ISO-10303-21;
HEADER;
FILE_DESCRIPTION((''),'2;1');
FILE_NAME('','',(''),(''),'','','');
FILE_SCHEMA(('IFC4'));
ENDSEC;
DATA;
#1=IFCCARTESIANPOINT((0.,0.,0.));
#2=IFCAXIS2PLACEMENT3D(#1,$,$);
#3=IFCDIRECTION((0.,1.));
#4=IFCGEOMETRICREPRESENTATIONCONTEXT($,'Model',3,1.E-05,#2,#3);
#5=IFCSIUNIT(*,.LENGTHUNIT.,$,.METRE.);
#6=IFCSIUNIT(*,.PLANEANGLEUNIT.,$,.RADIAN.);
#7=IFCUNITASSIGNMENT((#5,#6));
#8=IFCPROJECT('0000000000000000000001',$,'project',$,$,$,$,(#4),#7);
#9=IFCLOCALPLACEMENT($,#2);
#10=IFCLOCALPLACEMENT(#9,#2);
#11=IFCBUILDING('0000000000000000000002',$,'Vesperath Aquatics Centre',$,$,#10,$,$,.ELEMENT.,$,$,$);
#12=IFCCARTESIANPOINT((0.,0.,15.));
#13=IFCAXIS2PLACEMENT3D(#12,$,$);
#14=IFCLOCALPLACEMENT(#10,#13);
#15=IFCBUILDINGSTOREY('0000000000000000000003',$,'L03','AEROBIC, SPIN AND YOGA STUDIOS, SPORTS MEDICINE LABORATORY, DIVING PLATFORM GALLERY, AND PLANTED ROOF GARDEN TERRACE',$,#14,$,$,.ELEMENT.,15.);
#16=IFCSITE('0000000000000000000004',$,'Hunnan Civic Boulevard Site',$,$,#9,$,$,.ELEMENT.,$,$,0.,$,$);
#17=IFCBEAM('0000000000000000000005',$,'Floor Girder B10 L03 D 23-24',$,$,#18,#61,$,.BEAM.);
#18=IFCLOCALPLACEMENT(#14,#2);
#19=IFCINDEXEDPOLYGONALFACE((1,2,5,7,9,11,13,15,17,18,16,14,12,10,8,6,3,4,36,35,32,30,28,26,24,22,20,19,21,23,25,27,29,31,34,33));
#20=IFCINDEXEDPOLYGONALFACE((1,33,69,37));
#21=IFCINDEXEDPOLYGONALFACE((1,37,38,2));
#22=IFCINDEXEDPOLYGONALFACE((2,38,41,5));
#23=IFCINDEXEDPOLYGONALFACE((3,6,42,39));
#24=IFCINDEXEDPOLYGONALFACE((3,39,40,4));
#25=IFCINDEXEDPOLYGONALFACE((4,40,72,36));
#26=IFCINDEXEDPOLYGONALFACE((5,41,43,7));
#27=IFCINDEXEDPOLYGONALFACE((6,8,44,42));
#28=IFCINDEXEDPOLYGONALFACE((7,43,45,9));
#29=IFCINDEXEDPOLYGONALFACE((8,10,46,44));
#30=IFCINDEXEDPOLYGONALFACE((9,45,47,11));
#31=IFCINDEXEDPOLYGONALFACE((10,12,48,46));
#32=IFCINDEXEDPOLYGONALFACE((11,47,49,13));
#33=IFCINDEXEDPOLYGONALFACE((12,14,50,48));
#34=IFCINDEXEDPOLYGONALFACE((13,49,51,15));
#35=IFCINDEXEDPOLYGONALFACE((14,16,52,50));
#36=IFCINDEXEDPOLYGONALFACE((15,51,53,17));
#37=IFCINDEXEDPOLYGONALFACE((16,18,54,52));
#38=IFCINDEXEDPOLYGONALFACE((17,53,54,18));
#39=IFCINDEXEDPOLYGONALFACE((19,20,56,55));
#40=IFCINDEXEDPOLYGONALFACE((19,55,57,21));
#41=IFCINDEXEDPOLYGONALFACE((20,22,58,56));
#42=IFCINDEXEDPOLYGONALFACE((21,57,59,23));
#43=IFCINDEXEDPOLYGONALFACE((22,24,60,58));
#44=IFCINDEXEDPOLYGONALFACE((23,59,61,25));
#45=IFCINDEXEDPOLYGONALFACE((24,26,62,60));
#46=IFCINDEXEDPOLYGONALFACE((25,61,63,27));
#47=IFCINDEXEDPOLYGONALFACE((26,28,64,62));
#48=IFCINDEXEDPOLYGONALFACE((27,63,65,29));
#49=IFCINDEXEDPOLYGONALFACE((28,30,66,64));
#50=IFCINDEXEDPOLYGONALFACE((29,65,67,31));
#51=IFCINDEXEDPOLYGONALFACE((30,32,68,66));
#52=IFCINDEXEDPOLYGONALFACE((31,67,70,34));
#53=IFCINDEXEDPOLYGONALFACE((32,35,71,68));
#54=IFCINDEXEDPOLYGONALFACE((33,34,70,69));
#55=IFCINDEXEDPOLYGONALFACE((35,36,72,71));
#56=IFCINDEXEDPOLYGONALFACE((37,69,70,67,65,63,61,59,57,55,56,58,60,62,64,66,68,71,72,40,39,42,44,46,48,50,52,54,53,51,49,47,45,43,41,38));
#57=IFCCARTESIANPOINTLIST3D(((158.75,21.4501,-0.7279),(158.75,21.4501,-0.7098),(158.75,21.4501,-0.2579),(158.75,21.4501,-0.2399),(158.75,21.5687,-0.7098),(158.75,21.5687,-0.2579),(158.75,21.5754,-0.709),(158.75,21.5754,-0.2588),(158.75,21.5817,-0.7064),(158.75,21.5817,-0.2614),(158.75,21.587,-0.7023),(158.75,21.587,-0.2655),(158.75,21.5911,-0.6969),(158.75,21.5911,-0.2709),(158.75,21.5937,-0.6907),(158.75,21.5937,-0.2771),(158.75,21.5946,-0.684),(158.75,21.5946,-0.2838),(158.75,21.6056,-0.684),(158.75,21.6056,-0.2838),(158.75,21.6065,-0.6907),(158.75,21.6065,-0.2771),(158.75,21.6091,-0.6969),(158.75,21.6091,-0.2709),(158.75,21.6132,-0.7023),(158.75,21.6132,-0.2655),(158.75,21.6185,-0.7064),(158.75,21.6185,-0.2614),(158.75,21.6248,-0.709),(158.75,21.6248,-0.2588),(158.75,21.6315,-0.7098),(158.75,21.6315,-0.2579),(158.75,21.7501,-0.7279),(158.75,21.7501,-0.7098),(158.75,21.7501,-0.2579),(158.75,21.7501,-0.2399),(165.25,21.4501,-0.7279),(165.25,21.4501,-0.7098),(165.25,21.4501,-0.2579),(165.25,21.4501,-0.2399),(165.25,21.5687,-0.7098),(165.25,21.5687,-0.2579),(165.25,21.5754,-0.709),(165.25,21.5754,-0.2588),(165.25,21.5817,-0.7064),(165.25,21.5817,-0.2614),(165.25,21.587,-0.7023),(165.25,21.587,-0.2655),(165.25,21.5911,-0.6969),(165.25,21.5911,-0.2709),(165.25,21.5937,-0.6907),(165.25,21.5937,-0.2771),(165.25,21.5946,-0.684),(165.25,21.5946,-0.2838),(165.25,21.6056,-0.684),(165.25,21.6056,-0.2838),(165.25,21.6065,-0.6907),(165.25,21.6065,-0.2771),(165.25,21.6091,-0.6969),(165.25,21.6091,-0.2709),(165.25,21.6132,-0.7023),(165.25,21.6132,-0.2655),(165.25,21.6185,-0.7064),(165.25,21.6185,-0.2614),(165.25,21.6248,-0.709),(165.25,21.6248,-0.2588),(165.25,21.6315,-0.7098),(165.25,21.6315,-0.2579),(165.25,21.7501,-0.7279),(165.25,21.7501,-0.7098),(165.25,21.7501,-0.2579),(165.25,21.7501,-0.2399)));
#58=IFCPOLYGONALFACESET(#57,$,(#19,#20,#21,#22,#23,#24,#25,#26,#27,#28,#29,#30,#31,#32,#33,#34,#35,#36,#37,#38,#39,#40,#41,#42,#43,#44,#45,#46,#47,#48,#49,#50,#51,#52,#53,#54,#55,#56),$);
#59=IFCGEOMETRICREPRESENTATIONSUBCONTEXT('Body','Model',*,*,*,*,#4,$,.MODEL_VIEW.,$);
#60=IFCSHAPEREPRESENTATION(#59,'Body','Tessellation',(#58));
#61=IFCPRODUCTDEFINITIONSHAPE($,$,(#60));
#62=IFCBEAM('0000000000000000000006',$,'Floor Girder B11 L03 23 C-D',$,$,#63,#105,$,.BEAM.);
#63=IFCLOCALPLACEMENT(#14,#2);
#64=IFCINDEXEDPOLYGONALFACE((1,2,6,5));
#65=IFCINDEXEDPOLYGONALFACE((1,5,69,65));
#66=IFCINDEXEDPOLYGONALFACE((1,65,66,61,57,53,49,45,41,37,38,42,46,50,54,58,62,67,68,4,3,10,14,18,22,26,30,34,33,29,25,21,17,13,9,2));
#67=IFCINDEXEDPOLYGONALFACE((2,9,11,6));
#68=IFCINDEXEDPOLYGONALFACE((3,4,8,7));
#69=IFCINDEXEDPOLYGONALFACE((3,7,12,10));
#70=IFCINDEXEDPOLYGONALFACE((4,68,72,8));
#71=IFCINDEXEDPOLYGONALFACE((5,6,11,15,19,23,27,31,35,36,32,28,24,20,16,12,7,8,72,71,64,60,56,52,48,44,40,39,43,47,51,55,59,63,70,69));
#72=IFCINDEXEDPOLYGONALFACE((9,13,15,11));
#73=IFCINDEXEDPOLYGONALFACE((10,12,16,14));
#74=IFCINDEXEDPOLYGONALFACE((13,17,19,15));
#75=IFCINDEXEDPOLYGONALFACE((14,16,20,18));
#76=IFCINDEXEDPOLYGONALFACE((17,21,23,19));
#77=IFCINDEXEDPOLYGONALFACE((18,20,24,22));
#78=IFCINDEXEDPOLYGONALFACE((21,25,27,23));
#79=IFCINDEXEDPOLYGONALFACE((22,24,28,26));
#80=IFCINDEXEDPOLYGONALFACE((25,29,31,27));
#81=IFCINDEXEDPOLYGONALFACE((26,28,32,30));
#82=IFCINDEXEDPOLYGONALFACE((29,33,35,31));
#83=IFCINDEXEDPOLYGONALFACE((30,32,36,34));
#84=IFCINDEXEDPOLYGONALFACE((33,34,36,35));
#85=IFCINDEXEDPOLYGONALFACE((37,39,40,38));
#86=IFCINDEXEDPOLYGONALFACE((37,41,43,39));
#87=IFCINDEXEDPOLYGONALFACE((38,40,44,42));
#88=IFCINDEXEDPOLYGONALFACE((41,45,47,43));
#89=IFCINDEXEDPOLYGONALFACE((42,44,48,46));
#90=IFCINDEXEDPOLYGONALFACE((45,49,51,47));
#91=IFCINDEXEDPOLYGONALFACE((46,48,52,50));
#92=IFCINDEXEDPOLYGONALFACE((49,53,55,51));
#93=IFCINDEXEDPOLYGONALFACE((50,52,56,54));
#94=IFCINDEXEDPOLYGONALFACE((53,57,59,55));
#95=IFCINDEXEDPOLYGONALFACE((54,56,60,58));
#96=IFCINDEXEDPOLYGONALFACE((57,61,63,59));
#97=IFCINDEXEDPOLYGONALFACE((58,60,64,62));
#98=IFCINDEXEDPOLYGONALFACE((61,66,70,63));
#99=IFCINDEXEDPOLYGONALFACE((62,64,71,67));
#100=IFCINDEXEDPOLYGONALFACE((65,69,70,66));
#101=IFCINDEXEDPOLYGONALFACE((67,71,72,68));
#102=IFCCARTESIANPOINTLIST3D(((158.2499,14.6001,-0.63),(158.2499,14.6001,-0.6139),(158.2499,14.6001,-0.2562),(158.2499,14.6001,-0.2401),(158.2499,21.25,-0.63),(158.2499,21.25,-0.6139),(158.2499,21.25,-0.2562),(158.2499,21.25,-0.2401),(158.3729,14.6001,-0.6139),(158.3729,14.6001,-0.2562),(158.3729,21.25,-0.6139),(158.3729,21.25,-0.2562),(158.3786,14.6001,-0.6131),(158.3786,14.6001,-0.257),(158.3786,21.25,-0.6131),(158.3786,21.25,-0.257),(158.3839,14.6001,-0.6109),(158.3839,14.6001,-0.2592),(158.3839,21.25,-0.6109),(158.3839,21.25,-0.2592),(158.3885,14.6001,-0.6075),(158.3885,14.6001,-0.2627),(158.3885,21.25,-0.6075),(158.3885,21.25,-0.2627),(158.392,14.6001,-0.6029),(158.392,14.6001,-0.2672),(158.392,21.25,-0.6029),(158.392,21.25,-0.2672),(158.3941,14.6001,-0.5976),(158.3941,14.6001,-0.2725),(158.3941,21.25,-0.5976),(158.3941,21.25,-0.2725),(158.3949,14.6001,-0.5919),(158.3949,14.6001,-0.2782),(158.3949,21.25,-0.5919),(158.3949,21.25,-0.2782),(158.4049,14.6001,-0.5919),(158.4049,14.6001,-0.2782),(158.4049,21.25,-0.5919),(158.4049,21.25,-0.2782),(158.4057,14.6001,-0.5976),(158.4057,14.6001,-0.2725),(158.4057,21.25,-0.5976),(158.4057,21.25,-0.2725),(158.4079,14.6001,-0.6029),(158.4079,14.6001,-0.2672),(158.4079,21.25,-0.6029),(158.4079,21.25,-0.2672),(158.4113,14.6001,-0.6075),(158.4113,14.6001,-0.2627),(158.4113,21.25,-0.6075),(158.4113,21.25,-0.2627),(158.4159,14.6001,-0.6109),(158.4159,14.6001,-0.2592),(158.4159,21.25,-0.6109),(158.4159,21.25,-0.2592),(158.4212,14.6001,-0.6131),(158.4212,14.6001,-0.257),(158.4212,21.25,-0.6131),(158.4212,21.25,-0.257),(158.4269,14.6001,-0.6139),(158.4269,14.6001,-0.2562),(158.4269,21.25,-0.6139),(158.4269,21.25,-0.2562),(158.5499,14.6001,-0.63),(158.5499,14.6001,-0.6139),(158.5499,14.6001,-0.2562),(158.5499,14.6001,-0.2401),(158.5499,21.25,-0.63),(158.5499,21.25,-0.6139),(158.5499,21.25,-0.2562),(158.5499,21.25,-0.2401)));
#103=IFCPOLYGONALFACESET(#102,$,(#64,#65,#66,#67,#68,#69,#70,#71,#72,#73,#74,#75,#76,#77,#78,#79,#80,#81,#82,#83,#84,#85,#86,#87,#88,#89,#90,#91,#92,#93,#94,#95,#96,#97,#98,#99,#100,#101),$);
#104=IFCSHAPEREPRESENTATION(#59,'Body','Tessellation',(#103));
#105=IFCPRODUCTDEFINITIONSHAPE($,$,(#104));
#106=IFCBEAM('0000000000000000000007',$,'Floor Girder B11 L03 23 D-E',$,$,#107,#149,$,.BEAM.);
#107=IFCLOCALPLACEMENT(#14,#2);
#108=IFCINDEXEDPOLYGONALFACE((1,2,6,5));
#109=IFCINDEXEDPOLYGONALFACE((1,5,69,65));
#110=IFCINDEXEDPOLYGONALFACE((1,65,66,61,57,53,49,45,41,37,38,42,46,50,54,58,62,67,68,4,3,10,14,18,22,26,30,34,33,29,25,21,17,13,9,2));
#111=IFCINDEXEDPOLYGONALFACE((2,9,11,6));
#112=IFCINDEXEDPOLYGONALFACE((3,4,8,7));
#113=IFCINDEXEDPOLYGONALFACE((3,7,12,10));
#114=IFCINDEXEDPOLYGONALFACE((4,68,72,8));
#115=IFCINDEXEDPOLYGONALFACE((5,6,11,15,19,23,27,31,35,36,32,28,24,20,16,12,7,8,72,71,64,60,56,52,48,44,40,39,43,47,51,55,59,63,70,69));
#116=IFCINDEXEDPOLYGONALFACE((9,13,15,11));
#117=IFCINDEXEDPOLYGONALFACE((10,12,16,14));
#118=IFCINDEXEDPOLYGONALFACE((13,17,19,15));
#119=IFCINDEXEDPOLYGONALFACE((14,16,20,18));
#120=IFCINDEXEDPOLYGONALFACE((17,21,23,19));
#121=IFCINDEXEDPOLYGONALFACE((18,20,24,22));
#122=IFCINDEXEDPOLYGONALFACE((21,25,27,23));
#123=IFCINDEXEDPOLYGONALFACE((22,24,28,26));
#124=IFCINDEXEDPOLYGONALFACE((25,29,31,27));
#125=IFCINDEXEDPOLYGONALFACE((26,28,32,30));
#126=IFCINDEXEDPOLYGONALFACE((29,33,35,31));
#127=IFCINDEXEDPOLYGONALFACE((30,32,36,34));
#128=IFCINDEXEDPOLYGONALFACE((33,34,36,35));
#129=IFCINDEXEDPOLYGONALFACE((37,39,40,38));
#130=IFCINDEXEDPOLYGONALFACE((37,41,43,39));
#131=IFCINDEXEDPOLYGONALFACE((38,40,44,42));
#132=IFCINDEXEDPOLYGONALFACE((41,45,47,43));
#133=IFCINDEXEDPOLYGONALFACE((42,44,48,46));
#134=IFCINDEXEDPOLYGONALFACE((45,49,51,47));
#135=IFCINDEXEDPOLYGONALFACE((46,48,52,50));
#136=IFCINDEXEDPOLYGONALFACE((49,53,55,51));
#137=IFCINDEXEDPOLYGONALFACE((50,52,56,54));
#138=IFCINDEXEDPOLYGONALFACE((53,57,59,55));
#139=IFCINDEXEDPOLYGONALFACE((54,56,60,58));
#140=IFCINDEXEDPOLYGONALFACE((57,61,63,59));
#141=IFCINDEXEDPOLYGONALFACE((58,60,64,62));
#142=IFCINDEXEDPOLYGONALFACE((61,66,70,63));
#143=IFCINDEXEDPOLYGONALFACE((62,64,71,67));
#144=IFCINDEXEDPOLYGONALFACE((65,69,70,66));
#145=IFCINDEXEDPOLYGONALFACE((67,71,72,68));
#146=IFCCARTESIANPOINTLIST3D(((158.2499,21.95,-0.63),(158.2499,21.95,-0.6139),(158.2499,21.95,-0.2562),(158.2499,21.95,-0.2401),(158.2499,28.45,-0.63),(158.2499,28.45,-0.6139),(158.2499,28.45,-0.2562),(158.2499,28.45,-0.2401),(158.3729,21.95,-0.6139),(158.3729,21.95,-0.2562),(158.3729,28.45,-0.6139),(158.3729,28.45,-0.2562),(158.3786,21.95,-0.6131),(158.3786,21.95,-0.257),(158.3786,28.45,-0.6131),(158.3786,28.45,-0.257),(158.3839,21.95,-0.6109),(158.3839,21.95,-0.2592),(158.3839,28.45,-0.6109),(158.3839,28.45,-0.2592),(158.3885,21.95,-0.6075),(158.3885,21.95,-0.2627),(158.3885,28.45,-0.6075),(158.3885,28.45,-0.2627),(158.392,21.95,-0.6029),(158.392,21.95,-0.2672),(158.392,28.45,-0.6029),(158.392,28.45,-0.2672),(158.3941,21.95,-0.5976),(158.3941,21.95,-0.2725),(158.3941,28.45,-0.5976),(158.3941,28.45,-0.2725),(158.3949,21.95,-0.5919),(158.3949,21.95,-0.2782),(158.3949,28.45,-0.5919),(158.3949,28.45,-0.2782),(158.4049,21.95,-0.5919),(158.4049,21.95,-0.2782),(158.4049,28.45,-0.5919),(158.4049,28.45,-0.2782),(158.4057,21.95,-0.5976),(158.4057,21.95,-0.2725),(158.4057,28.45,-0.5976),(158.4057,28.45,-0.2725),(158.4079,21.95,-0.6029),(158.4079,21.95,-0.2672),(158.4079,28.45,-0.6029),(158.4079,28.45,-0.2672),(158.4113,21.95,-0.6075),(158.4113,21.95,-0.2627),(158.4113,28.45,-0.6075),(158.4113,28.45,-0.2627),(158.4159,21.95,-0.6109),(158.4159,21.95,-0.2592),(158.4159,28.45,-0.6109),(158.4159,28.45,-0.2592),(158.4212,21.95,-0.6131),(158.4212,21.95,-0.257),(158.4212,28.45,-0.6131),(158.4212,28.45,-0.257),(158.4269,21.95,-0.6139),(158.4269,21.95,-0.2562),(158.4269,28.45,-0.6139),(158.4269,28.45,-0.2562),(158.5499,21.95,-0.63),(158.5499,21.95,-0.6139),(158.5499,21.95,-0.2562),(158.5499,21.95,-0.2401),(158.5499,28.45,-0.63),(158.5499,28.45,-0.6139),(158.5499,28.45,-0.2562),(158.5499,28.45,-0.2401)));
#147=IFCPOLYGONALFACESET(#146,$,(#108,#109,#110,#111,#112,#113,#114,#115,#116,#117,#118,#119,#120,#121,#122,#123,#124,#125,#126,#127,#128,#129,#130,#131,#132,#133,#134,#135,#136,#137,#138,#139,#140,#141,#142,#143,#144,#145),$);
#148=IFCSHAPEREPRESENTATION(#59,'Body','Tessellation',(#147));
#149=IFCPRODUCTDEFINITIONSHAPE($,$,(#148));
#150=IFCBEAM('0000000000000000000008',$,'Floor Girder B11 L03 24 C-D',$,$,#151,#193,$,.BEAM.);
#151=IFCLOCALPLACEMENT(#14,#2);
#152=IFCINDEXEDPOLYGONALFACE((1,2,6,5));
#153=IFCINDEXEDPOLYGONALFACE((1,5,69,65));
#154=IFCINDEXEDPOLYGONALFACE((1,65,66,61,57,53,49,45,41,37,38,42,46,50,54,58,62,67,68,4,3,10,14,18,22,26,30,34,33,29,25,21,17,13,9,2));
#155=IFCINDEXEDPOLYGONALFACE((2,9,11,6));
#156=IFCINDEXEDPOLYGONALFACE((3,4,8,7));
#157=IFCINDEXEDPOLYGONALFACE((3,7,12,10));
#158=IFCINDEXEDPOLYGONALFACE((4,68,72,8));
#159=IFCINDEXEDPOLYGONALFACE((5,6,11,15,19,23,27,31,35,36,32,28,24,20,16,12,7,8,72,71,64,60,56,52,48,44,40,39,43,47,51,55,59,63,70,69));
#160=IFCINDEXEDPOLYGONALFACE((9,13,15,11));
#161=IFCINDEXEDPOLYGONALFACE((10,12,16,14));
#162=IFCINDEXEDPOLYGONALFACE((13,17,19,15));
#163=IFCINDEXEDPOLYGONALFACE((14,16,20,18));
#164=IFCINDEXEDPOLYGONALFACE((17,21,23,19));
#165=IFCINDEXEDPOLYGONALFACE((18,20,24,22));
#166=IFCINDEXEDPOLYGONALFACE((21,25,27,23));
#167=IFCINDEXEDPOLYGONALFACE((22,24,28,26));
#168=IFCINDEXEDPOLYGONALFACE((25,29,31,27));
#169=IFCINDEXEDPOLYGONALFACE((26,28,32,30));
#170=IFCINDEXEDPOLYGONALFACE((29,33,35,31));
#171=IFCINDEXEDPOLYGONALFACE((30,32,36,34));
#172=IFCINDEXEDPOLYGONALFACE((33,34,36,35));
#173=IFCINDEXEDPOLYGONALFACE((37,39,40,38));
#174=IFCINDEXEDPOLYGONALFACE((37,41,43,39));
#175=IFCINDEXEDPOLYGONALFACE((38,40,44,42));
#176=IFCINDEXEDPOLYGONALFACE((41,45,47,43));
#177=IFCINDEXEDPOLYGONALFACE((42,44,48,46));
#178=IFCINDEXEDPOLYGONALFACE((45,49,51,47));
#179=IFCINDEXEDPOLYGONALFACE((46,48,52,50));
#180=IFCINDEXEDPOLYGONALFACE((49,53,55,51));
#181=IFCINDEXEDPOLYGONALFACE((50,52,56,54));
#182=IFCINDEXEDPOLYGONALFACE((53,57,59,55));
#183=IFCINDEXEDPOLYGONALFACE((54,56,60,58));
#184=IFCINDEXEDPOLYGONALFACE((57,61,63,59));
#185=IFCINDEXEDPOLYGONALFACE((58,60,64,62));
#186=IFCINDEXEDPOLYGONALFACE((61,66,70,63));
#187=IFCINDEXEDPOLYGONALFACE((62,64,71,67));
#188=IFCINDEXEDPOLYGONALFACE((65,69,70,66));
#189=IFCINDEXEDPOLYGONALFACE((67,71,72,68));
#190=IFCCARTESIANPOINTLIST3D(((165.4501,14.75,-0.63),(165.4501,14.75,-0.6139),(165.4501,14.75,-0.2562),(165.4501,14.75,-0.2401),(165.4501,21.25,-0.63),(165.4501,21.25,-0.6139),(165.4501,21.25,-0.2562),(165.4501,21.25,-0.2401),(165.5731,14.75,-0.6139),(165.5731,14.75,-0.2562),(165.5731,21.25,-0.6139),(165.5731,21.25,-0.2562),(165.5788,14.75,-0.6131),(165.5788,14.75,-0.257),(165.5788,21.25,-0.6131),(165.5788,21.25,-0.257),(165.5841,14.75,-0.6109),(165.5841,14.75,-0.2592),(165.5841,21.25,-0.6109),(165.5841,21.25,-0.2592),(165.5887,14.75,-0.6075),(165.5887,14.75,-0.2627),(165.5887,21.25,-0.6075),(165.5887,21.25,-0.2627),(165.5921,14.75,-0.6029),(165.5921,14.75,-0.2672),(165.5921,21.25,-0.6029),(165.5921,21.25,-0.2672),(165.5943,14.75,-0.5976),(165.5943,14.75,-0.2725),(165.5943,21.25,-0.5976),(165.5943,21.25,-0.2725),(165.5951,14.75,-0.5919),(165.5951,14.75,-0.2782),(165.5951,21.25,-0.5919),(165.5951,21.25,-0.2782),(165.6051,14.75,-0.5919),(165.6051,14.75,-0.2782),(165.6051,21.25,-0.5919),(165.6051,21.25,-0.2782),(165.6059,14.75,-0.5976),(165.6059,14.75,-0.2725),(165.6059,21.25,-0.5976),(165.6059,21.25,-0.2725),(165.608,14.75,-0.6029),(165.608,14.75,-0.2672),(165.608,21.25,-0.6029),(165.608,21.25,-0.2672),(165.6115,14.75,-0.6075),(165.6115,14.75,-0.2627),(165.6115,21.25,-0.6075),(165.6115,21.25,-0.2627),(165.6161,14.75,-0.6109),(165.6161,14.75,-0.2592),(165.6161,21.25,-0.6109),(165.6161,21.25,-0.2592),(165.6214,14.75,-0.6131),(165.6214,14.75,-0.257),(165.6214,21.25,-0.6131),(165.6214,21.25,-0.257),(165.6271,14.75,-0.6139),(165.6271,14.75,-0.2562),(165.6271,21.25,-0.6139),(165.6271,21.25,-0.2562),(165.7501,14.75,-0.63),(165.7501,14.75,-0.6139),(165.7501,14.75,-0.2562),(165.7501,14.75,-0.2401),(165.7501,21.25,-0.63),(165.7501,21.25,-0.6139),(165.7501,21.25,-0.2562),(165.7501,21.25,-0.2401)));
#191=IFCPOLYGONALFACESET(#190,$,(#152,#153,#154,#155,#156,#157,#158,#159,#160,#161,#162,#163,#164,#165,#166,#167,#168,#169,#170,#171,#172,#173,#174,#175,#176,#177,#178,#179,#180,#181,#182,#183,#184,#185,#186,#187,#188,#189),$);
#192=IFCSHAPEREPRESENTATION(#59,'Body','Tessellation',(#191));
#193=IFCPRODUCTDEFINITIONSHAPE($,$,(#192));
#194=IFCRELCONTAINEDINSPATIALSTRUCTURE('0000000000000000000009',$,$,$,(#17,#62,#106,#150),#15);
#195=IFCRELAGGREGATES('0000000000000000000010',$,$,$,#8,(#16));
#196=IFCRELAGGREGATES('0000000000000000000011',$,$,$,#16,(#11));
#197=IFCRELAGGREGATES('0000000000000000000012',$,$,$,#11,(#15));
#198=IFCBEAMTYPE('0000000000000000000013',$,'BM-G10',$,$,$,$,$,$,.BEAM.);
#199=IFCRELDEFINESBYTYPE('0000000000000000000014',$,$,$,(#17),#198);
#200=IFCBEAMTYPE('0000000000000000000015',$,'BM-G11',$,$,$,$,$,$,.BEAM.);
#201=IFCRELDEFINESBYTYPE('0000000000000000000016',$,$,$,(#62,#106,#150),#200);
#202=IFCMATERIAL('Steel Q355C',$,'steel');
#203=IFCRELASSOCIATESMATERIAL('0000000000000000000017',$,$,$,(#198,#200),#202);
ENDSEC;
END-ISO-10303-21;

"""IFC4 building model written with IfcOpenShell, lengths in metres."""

from ifc_helpers import new_model, si_unit, direction, frame, origin, origin_2d, place, context, subcontext, project, spatial, i_section, extrude, material, material_profile, profile_set, type_object, element, save


model = new_model("IFC4")

# Units and contexts
model_context = context("Model", 3, precision=1e-05, world=origin(), true_north=direction((0.0, 1.0)))
body_context = subcontext(model_context, "Body", "Model", "MODEL_VIEW")
ifc_project = project(units=[si_unit("LENGTHUNIT", "METRE"), si_unit("PLANEANGLEUNIT", "RADIAN")], contexts=[model_context])

# Site, building, storey
site_placement = place(None, origin())
site = spatial("IfcSite", under=ifc_project, at=site_placement, Name="Hunnan Civic Boulevard Site", CompositionType="ELEMENT", RefElevation=0.0)
building_placement = place(site_placement, origin())
building = spatial("IfcBuilding", under=site, at=building_placement, Name="Vesperath Aquatics Centre", CompositionType="ELEMENT")
storey_placement = place(building_placement, frame((0.0, 0.0, 15.0)))
storey = spatial("IfcBuildingStorey", under=building, at=storey_placement, Name="L03", Description="AEROBIC, SPIN AND YOGA STUDIOS, SPORTS MEDICINE LABORATORY, DIVING PLATFORM GALLERY, AND PLANTED ROOF GARDEN TERRACE", CompositionType="ELEMENT", Elevation=15.0)

# Shared definitions
ifc_material_1 = material(Name="Steel Q355C", Category="steel")

# Beams
ifc_material_profile_1 = material_profile(ifc_material_1, i_section(OverallWidth=0.3, OverallDepth=0.488, WebThickness=0.011, FlangeThickness=0.0181, FilletRadius=0.0259, at=origin_2d()), Name="HM 488x300x11x18")
ifc_profile_set_1 = profile_set([ifc_material_profile_1], Name="Steel Q355C")
beam_type_1 = type_object("IfcBeamType", Name="BM-G10", PredefinedType="BEAM", material=ifc_profile_set_1)
beam_1_placement = place(storey_placement, frame((158.75, 21.6001, -0.4839), z_axis=(1.0, 0.0, 0.0), x_axis=(0.0, 1.0, 0.0)))
element("IfcBeam", 1, at=beam_1_placement, inside=storey, type_object=beam_type_1, Name="Floor Girder B10 L03 D 23-24", PredefinedType="BEAM", context=body_context, shape_type="SweptSolid", body=[
    extrude(i_section(OverallWidth=0.3, OverallDepth=0.488, WebThickness=0.011, FlangeThickness=0.0181, FilletRadius=0.0259, at=origin_2d()), origin(), (0.0, 0.0, 1.0), 6.5),
])
ifc_material_profile_2 = material_profile(ifc_material_1, i_section(OverallWidth=0.3, OverallDepth=0.3899, WebThickness=0.01, FlangeThickness=0.0161, FilletRadius=0.022, at=origin_2d()), Name="HM 390x300x10x16")
ifc_profile_set_2 = profile_set([ifc_material_profile_2], Name="Steel Q355C")
beam_type_2 = type_object("IfcBeamType", Name="BM-G11", PredefinedType="BEAM", material=ifc_profile_set_2)
beam_2_placement = place(storey_placement, frame((158.3999, 14.6001, -0.4351), z_axis=(0.0, 1.0, 0.0), x_axis=(-1.0, 0.0, 0.0)))
element("IfcBeam", 2, at=beam_2_placement, inside=storey, type_object=beam_type_2, Name="Floor Girder B11 L03 23 C-D", PredefinedType="BEAM", context=body_context, shape_type="SweptSolid", body=[
    extrude(i_section(OverallWidth=0.3, OverallDepth=0.3899, WebThickness=0.01, FlangeThickness=0.0161, FilletRadius=0.022, at=origin_2d()), origin(), (0.0, 0.0, 1.0), 6.6499),
])
for number, where, z_axis, x_axis, name in (
    (3, (158.3999, 21.95, -0.4351), (0.0, 1.0, 0.0), (-1.0, 0.0, 0.0), "Floor Girder B11 L03 23 D-E"),
    (4, (165.6001, 14.75, -0.4351), (0.0, 1.0, 0.0), (-1.0, 0.0, 0.0), "Floor Girder B11 L03 24 C-D"),
):
    element("IfcBeam", number, at=place(storey_placement, frame(where, z_axis=z_axis, x_axis=x_axis)), inside=storey, type_object=beam_type_2, Name=name, PredefinedType="BEAM", context=body_context, shape_type="SweptSolid", body=[
        extrude(i_section(OverallWidth=0.3, OverallDepth=0.3899, WebThickness=0.01, FlangeThickness=0.0161, FilletRadius=0.022, at=origin_2d()), origin(), (0.0, 0.0, 1.0), 6.5),
    ])

save(model, "model.ifc")
